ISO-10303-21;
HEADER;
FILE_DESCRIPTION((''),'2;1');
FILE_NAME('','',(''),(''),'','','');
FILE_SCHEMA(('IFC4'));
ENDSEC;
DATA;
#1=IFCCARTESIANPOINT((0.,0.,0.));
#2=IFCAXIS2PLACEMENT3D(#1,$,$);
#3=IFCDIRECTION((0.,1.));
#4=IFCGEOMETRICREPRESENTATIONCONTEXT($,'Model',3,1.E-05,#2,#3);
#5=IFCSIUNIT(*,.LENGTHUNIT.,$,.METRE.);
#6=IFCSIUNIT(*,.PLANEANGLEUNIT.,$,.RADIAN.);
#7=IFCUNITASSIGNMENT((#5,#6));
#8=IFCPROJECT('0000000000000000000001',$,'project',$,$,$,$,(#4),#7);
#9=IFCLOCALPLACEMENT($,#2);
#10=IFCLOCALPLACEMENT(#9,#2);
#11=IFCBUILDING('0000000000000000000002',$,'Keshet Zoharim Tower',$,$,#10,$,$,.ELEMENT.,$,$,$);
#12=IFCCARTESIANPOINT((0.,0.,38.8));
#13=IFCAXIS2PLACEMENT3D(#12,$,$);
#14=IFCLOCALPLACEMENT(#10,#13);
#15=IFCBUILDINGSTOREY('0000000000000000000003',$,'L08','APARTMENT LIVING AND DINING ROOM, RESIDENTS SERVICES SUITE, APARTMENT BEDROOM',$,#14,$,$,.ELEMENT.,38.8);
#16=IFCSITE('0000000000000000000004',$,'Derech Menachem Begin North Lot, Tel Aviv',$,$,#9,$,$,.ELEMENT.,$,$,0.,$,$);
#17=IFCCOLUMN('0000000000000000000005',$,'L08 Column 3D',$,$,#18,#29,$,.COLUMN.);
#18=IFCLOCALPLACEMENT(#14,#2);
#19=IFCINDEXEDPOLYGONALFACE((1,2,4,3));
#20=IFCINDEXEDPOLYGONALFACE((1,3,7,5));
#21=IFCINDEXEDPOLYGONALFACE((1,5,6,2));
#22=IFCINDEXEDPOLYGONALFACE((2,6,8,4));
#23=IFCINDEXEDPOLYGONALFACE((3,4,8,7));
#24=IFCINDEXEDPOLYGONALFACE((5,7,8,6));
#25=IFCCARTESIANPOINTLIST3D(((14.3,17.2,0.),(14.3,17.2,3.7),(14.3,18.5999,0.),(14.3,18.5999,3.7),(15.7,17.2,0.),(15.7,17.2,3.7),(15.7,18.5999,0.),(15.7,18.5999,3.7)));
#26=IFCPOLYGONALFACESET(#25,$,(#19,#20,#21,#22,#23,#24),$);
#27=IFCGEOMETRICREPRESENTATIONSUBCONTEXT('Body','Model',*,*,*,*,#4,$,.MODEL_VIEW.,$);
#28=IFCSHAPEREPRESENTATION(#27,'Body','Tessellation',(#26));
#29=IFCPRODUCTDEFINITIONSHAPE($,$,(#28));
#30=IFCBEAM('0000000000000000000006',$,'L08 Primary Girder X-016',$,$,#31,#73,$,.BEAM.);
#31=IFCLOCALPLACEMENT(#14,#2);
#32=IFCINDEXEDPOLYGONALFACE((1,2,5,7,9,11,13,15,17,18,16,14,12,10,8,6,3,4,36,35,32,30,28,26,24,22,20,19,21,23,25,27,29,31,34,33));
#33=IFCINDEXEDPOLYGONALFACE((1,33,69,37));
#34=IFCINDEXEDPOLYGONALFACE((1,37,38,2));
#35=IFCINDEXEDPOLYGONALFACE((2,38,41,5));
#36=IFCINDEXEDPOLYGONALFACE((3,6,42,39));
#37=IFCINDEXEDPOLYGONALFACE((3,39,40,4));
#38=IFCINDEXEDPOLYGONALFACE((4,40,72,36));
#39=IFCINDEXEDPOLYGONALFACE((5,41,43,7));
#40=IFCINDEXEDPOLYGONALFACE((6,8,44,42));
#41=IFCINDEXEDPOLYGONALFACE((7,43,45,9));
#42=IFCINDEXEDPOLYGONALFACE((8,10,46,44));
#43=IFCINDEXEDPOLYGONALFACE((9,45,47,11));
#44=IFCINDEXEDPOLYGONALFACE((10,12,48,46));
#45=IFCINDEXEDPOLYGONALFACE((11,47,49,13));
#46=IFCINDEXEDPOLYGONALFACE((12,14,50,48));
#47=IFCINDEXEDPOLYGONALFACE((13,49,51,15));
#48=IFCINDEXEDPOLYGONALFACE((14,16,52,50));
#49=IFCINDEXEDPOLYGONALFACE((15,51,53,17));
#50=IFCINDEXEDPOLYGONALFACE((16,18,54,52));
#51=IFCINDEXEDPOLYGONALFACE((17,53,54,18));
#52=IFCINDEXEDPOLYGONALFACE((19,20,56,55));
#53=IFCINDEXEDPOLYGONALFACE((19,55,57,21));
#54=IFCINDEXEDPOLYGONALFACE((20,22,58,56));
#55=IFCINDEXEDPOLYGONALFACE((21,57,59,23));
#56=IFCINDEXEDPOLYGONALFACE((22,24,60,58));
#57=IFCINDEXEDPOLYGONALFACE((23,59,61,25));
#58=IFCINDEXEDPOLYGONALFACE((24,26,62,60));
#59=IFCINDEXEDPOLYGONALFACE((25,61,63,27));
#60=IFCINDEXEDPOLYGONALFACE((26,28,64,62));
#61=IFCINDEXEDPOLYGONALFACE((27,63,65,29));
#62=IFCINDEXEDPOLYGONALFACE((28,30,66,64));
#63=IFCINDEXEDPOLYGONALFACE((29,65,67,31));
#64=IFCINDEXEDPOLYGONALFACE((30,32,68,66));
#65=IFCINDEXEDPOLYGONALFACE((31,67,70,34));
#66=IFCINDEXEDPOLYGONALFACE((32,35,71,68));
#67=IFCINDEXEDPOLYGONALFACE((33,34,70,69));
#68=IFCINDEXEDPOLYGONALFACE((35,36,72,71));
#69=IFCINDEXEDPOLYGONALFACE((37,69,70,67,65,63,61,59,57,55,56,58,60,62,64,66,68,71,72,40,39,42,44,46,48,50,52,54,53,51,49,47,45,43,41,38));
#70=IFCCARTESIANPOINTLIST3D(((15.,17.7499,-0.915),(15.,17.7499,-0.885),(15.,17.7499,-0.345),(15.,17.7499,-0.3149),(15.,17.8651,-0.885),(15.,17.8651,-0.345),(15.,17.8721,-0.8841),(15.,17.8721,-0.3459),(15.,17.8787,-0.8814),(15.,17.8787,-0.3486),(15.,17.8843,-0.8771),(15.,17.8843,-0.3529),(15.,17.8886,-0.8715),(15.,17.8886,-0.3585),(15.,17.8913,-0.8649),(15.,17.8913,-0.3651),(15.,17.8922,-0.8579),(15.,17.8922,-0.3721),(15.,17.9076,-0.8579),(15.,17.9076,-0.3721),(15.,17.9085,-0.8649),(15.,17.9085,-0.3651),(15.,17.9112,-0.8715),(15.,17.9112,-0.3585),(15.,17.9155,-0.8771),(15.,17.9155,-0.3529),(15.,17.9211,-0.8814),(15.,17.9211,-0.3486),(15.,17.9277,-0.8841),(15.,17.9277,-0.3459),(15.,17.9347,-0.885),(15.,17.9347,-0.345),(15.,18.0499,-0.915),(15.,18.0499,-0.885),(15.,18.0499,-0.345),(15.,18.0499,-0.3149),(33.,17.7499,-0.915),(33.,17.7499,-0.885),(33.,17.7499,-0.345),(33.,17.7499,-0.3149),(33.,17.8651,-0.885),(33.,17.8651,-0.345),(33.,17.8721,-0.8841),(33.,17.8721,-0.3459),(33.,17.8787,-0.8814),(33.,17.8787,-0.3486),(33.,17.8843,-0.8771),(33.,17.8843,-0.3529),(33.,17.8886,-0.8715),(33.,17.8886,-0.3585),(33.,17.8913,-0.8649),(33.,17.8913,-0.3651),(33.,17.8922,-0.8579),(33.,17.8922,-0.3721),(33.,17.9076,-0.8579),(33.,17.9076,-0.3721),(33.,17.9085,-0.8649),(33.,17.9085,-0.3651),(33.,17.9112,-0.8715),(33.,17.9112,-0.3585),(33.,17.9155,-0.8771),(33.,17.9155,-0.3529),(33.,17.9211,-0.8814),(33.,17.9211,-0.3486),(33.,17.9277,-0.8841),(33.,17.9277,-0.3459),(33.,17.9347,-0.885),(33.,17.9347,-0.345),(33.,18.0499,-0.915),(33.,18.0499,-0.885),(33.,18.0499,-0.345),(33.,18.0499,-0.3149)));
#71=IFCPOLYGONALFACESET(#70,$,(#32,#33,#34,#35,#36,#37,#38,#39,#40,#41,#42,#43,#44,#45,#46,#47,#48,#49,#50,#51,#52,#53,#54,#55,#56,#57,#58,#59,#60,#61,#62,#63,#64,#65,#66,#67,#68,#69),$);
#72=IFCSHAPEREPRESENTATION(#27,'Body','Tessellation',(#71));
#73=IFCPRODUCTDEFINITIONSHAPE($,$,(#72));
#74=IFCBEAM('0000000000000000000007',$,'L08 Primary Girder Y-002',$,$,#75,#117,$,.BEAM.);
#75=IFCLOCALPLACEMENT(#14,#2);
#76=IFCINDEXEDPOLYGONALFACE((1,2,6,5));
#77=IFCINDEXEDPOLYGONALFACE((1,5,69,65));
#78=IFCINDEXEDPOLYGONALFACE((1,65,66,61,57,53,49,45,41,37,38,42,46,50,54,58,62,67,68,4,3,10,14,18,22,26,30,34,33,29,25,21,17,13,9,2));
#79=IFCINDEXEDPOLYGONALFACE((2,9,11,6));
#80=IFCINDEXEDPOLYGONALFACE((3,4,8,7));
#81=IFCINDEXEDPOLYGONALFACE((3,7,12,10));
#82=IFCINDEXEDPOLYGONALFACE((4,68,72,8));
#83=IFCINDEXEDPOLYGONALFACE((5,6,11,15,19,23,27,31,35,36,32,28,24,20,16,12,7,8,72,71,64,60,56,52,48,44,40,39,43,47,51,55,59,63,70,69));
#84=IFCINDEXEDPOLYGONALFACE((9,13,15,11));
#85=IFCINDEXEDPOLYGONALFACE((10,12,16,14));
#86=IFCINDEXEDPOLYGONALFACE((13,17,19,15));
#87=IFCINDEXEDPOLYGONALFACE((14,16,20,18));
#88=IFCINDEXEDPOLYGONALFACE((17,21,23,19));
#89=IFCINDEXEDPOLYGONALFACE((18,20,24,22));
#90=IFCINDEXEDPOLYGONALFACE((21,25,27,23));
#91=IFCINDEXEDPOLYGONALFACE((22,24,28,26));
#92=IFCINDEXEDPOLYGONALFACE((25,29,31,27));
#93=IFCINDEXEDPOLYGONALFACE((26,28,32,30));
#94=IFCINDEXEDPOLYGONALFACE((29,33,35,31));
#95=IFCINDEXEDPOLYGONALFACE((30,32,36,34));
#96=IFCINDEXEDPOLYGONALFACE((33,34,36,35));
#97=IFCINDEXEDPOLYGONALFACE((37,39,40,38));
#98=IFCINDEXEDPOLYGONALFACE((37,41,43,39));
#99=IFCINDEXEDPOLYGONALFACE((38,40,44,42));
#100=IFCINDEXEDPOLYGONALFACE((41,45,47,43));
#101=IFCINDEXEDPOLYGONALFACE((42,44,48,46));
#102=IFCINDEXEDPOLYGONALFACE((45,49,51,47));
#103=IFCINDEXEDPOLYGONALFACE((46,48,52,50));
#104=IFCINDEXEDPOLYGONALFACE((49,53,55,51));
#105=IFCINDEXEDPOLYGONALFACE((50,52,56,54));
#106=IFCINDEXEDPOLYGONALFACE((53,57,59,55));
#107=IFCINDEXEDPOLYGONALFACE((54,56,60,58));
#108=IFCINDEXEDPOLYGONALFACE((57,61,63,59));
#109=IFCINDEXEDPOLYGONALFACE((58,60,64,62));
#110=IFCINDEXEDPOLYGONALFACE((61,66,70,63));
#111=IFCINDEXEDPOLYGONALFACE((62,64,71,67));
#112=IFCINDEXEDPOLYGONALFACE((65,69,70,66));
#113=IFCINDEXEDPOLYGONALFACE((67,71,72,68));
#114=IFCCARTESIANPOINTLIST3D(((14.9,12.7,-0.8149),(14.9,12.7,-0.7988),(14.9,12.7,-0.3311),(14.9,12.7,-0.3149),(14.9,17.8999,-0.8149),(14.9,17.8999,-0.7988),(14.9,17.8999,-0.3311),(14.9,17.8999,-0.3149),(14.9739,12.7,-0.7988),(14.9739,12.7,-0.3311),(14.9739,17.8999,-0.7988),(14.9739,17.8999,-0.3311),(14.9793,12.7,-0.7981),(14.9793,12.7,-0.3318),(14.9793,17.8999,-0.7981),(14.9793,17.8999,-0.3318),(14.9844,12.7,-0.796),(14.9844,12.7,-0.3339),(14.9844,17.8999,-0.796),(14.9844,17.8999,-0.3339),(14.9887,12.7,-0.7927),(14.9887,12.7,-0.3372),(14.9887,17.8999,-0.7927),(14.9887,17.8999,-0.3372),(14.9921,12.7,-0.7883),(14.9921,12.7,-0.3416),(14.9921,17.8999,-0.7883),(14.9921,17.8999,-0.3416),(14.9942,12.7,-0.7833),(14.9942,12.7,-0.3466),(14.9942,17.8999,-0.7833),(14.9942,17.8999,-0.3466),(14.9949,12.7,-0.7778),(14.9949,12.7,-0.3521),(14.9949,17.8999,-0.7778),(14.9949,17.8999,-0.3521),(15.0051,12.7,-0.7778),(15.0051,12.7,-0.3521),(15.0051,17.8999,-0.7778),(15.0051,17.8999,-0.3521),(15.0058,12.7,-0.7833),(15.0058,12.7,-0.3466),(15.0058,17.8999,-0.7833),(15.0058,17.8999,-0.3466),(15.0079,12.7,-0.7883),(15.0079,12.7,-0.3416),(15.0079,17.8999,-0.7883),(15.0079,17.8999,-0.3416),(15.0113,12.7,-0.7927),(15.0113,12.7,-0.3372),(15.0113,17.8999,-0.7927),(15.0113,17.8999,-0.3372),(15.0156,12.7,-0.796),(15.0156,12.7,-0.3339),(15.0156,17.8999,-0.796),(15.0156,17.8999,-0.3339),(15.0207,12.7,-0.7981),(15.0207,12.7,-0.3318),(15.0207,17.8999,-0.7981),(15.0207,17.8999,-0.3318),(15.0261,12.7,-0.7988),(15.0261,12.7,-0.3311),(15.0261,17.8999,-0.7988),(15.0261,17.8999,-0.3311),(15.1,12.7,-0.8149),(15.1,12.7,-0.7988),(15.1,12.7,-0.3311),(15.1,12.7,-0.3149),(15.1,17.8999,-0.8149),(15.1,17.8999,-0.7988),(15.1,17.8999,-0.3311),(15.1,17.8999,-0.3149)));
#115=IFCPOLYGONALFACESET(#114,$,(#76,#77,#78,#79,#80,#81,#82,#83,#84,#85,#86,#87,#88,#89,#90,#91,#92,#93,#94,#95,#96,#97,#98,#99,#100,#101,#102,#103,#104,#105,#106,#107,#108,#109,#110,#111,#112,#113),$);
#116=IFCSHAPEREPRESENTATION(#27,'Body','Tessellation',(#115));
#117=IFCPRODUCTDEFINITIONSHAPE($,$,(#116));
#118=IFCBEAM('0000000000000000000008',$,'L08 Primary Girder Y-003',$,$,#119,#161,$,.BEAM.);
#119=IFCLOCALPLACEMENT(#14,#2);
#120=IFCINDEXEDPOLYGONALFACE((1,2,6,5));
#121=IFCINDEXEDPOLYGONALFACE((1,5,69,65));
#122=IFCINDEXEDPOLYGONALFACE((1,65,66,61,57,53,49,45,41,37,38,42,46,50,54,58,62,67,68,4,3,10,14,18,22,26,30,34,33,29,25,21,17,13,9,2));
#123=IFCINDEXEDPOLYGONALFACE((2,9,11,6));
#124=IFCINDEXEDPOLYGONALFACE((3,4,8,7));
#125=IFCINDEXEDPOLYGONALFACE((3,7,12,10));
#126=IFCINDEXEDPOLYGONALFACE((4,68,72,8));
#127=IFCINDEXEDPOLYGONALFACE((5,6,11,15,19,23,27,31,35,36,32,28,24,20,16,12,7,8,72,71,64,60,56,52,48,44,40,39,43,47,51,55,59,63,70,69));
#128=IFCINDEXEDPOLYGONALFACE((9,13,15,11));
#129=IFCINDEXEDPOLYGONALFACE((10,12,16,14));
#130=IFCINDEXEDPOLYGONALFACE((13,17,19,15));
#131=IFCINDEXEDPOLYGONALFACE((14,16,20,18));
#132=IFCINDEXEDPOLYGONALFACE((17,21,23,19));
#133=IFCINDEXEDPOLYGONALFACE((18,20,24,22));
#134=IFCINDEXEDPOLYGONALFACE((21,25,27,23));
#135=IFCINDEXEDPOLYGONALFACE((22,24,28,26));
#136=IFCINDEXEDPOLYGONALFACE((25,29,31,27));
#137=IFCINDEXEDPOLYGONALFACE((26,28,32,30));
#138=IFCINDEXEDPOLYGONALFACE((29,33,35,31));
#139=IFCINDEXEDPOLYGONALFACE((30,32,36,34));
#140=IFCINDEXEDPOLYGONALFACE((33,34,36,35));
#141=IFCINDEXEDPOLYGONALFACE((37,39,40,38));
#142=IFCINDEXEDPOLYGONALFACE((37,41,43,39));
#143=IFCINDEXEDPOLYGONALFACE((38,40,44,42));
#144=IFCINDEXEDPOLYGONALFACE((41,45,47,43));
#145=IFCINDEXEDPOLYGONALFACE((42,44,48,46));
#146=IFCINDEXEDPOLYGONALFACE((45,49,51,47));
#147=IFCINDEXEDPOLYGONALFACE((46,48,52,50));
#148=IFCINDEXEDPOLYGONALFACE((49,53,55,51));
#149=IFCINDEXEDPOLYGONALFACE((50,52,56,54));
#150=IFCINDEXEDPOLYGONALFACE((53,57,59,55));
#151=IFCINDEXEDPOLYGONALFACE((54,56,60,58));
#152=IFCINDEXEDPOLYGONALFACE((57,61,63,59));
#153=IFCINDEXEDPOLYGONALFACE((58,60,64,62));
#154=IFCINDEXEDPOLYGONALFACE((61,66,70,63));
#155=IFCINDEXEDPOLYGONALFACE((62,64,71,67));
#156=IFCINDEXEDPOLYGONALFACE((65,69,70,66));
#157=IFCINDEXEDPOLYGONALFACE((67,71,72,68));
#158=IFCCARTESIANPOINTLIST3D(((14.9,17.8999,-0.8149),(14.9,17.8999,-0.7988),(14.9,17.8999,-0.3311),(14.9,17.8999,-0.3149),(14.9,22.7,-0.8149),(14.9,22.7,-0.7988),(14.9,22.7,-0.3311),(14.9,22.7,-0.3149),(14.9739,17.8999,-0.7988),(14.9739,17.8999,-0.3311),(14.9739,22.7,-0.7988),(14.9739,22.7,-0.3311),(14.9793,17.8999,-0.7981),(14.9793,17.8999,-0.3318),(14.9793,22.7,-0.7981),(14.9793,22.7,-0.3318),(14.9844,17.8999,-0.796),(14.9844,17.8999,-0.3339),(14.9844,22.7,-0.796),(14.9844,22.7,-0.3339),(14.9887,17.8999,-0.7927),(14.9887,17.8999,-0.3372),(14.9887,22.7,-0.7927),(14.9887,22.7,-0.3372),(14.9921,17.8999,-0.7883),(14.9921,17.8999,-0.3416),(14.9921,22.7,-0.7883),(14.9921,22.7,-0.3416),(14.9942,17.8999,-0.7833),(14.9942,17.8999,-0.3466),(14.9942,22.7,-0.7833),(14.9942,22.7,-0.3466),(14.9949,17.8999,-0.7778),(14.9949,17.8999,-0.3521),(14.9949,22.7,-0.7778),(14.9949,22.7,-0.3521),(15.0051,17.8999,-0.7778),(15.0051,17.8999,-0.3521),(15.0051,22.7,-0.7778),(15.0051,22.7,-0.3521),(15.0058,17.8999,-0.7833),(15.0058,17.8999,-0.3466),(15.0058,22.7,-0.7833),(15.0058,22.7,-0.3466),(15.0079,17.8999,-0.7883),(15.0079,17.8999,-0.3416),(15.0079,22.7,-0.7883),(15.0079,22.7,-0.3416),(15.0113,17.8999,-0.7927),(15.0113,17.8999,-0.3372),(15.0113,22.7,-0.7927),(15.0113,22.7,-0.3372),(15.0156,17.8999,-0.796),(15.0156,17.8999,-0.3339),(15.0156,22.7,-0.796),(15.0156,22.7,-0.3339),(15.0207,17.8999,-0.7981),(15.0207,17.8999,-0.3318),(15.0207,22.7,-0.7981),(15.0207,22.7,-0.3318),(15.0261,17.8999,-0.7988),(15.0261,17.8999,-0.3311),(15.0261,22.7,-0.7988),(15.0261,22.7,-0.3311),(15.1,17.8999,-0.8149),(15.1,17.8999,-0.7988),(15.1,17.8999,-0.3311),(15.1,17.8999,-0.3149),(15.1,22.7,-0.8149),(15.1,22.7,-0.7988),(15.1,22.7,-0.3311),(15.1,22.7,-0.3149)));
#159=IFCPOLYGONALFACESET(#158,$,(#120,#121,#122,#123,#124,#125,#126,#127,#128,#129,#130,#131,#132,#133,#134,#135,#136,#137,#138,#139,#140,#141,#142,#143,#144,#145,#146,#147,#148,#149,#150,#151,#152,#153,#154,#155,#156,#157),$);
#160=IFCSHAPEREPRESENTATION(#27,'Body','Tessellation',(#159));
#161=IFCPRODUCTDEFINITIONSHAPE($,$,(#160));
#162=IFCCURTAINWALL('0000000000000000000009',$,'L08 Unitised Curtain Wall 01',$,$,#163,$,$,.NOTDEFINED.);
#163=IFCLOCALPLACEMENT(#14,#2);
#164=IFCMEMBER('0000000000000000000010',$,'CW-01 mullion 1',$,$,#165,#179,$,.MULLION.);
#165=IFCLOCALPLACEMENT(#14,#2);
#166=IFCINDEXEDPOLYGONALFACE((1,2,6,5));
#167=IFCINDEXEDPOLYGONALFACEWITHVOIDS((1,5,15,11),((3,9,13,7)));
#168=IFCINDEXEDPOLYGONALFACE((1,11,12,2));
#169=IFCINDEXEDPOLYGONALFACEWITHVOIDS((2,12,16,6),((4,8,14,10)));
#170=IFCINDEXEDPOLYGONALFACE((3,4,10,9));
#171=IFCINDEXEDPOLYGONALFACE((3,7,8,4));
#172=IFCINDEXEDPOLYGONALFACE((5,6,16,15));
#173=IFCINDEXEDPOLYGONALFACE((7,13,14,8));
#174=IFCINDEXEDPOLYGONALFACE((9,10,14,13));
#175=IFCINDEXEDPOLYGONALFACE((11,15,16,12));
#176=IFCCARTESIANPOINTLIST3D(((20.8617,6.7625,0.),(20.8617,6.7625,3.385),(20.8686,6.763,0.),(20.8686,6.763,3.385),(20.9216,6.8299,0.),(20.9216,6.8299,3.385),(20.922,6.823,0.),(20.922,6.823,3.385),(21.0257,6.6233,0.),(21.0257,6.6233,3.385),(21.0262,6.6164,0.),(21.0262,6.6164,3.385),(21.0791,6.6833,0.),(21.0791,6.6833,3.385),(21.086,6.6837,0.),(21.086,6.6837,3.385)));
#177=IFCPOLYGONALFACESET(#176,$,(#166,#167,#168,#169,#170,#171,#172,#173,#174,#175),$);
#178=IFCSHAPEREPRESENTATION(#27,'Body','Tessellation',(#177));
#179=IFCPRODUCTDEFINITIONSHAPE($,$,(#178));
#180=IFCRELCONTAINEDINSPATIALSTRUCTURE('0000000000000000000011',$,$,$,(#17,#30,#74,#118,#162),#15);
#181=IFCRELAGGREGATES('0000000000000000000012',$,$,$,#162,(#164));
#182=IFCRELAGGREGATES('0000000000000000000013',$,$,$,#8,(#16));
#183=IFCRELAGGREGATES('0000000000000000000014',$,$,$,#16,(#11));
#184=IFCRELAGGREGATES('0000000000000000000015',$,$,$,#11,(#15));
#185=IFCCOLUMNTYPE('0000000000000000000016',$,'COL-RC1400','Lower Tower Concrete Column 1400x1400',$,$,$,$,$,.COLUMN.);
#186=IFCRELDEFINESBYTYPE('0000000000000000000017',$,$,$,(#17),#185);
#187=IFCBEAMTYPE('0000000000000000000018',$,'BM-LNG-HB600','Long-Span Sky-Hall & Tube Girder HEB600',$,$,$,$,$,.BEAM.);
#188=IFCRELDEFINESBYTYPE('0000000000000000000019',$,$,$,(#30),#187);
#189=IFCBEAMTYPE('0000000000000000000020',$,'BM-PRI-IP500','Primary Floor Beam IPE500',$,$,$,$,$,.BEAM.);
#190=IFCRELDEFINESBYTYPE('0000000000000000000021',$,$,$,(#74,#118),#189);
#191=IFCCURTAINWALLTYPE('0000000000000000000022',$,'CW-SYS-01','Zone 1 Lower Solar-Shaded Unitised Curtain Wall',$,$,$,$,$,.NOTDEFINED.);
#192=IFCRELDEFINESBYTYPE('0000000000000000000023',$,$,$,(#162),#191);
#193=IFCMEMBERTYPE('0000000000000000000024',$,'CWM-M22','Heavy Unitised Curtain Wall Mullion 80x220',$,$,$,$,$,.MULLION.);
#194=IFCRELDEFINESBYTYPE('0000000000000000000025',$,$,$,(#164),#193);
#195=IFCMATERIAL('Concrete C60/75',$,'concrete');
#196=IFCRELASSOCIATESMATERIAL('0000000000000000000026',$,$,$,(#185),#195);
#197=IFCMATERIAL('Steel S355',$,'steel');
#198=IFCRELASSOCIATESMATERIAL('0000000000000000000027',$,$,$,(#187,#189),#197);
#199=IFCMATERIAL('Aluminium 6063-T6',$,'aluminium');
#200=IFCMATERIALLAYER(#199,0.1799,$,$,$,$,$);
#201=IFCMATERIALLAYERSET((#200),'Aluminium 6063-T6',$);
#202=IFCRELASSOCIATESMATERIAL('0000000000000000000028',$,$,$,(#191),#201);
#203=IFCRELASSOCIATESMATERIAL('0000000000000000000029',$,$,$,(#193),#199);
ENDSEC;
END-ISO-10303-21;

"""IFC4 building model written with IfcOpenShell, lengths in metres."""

from ifc_helpers import new_model, si_unit, direction, frame, origin, origin_2d, place, context, subcontext, project, spatial, rectangle, hollow_rectangle, i_section, extrude, material, layer, layer_set, material_profile, profile_set, type_object, element, aggregate, save


model = new_model("IFC4")

# Units and contexts
model_context = context("Model", 3, precision=1e-05, world=origin(), true_north=direction((0.0, 1.0)))
body_context = subcontext(model_context, "Body", "Model", "MODEL_VIEW")
ifc_project = project(units=[si_unit("LENGTHUNIT", "METRE"), si_unit("PLANEANGLEUNIT", "RADIAN")], contexts=[model_context])

# Site, building, storey
site_placement = place(None, origin())
site = spatial("IfcSite", under=ifc_project, at=site_placement, Name="Derech Menachem Begin North Lot, Tel Aviv", CompositionType="ELEMENT", RefElevation=0.0)
building_placement = place(site_placement, origin())
building = spatial("IfcBuilding", under=site, at=building_placement, Name="Keshet Zoharim Tower", CompositionType="ELEMENT")
storey_placement = place(building_placement, frame((0.0, 0.0, 38.8)))
storey = spatial("IfcBuildingStorey", under=building, at=storey_placement, Name="L08", Description="APARTMENT LIVING AND DINING ROOM, RESIDENTS SERVICES SUITE, APARTMENT BEDROOM", CompositionType="ELEMENT", Elevation=38.8)

# Column
ifc_material_1 = material(Name="Concrete C60/75", Category="concrete")
ifc_material_profile_1 = material_profile(ifc_material_1, rectangle(XDim=1.3999, YDim=1.3999, at=origin_2d()), Name="RC1400x1400")
ifc_profile_set_1 = profile_set([ifc_material_profile_1], Name="Concrete C60/75")
column_type = type_object("IfcColumnType", Name="COL-RC1400", Description="Lower Tower Concrete Column 1400x1400", PredefinedType="COLUMN", material=ifc_profile_set_1)
column_placement = place(storey_placement, frame((15.0, 17.8999, 0.0), z_axis=(0.0, 0.0, 1.0), x_axis=(1.0, 0.0, 0.0)))
element("IfcColumn", 1, at=column_placement, inside=storey, type_object=column_type, Name="L08 Column 3D", PredefinedType="COLUMN", context=body_context, shape_type="SweptSolid", body=[
    extrude(rectangle(XDim=1.3999, YDim=1.3999, at=origin_2d()), origin(), (0.0, 0.0, 1.0), 3.7),
])

# Beams
ifc_material_2 = material(Name="Steel S355", Category="steel")
ifc_material_profile_2 = material_profile(ifc_material_2, i_section(OverallWidth=0.3, OverallDepth=0.6001, WebThickness=0.0154, FlangeThickness=0.03, FilletRadius=0.0271, at=origin_2d()), Name="HEB600")
ifc_profile_set_2 = profile_set([ifc_material_profile_2], Name="Steel S355")
beam_type_1 = type_object("IfcBeamType", Name="BM-LNG-HB600", Description="Long-Span Sky-Hall & Tube Girder HEB600", PredefinedType="BEAM", material=ifc_profile_set_2)
beam_1_placement = place(storey_placement, frame((15.0, 17.8999, -0.615), z_axis=(1.0, 0.0, 0.0), x_axis=(0.0, 1.0, 0.0)))
element("IfcBeam", 2, at=beam_1_placement, inside=storey, type_object=beam_type_1, Name="L08 Primary Girder X-016", PredefinedType="BEAM", context=body_context, shape_type="SweptSolid", body=[
    extrude(i_section(OverallWidth=0.3, OverallDepth=0.6001, WebThickness=0.0154, FlangeThickness=0.03, FilletRadius=0.0271, at=origin_2d()), origin(), (0.0, 0.0, 1.0), 18.0),
])
ifc_material_profile_3 = material_profile(ifc_material_2, i_section(OverallWidth=0.2, OverallDepth=0.5, WebThickness=0.0103, FlangeThickness=0.0161, FilletRadius=0.021, at=origin_2d()), Name="IPE500")
ifc_profile_set_3 = profile_set([ifc_material_profile_3], Name="Steel S355")
beam_type_2 = type_object("IfcBeamType", Name="BM-PRI-IP500", Description="Primary Floor Beam IPE500", PredefinedType="BEAM", material=ifc_profile_set_3)
beam_2_placement = place(storey_placement, frame((15.0, 12.7, -0.5649), z_axis=(0.0, 1.0, 0.0), x_axis=(-1.0, 0.0, 0.0)))
element("IfcBeam", 3, at=beam_2_placement, inside=storey, type_object=beam_type_2, Name="L08 Primary Girder Y-002", PredefinedType="BEAM", context=body_context, shape_type="SweptSolid", body=[
    extrude(i_section(OverallWidth=0.2, OverallDepth=0.5, WebThickness=0.0103, FlangeThickness=0.0161, FilletRadius=0.021, at=origin_2d()), origin(), (0.0, 0.0, 1.0), 5.2),
])
beam_3_placement = place(storey_placement, frame((15.0, 17.8999, -0.5649), z_axis=(0.0, 1.0, 0.0), x_axis=(-1.0, 0.0, 0.0)))
element("IfcBeam", 4, at=beam_3_placement, inside=storey, type_object=beam_type_2, Name="L08 Primary Girder Y-003", PredefinedType="BEAM", context=body_context, shape_type="SweptSolid", body=[
    extrude(i_section(OverallWidth=0.2, OverallDepth=0.5, WebThickness=0.0103, FlangeThickness=0.0161, FilletRadius=0.021, at=origin_2d()), origin(), (0.0, 0.0, 1.0), 4.8),
])

# Curtain wall, member
ifc_material_3 = material(Name="Aluminium 6063-T6", Category="aluminium")
ifc_layer_1 = layer(ifc_material_3, 0.1799)
ifc_layer_set_1 = layer_set([ifc_layer_1], Name="Aluminium 6063-T6")
curtain_wall_type = type_object("IfcCurtainWallType", Name="CW-SYS-01", Description="Zone 1 Lower Solar-Shaded Unitised Curtain Wall", PredefinedType="NOTDEFINED", material=ifc_layer_set_1)
curtain_wall_placement = place(storey_placement, origin())
curtain_wall = element("IfcCurtainWall", 5, at=curtain_wall_placement, inside=storey, type_object=curtain_wall_type, Name="L08 Unitised Curtain Wall 01", PredefinedType="NOTDEFINED")
ifc_material_profile_4 = material_profile(ifc_material_3, hollow_rectangle(XDim=0.0901, YDim=0.22, WallThickness=0.0049, at=origin_2d()), Name="MUL-90x220")
ifc_profile_set_4 = profile_set([ifc_material_profile_4], Name="Aluminium 6063-T6")
member_type_1 = type_object("IfcMemberType", Name="CWM-M22", Description="Heavy Unitised Curtain Wall Mullion 80x220", PredefinedType="MULLION", material=ifc_profile_set_4)
member_1_placement = place(storey_placement, frame((20.9739, 6.7231, 0.0), z_axis=(0.0, 0.0, 1.0), x_axis=(-0.664364, -0.747409, 0.0)))
member_1 = element("IfcMember", 6, at=member_1_placement, type_object=member_type_1, Name="CW-01 mullion 1", PredefinedType="MULLION", context=body_context, shape_type="SweptSolid", body=[
    extrude(hollow_rectangle(XDim=0.0901, YDim=0.22, WallThickness=0.0049, at=origin_2d()), origin(), (0.0, 0.0, 1.0), 3.385),
])
aggregate(curtain_wall, [member_1])

save(model, "model.ifc")
